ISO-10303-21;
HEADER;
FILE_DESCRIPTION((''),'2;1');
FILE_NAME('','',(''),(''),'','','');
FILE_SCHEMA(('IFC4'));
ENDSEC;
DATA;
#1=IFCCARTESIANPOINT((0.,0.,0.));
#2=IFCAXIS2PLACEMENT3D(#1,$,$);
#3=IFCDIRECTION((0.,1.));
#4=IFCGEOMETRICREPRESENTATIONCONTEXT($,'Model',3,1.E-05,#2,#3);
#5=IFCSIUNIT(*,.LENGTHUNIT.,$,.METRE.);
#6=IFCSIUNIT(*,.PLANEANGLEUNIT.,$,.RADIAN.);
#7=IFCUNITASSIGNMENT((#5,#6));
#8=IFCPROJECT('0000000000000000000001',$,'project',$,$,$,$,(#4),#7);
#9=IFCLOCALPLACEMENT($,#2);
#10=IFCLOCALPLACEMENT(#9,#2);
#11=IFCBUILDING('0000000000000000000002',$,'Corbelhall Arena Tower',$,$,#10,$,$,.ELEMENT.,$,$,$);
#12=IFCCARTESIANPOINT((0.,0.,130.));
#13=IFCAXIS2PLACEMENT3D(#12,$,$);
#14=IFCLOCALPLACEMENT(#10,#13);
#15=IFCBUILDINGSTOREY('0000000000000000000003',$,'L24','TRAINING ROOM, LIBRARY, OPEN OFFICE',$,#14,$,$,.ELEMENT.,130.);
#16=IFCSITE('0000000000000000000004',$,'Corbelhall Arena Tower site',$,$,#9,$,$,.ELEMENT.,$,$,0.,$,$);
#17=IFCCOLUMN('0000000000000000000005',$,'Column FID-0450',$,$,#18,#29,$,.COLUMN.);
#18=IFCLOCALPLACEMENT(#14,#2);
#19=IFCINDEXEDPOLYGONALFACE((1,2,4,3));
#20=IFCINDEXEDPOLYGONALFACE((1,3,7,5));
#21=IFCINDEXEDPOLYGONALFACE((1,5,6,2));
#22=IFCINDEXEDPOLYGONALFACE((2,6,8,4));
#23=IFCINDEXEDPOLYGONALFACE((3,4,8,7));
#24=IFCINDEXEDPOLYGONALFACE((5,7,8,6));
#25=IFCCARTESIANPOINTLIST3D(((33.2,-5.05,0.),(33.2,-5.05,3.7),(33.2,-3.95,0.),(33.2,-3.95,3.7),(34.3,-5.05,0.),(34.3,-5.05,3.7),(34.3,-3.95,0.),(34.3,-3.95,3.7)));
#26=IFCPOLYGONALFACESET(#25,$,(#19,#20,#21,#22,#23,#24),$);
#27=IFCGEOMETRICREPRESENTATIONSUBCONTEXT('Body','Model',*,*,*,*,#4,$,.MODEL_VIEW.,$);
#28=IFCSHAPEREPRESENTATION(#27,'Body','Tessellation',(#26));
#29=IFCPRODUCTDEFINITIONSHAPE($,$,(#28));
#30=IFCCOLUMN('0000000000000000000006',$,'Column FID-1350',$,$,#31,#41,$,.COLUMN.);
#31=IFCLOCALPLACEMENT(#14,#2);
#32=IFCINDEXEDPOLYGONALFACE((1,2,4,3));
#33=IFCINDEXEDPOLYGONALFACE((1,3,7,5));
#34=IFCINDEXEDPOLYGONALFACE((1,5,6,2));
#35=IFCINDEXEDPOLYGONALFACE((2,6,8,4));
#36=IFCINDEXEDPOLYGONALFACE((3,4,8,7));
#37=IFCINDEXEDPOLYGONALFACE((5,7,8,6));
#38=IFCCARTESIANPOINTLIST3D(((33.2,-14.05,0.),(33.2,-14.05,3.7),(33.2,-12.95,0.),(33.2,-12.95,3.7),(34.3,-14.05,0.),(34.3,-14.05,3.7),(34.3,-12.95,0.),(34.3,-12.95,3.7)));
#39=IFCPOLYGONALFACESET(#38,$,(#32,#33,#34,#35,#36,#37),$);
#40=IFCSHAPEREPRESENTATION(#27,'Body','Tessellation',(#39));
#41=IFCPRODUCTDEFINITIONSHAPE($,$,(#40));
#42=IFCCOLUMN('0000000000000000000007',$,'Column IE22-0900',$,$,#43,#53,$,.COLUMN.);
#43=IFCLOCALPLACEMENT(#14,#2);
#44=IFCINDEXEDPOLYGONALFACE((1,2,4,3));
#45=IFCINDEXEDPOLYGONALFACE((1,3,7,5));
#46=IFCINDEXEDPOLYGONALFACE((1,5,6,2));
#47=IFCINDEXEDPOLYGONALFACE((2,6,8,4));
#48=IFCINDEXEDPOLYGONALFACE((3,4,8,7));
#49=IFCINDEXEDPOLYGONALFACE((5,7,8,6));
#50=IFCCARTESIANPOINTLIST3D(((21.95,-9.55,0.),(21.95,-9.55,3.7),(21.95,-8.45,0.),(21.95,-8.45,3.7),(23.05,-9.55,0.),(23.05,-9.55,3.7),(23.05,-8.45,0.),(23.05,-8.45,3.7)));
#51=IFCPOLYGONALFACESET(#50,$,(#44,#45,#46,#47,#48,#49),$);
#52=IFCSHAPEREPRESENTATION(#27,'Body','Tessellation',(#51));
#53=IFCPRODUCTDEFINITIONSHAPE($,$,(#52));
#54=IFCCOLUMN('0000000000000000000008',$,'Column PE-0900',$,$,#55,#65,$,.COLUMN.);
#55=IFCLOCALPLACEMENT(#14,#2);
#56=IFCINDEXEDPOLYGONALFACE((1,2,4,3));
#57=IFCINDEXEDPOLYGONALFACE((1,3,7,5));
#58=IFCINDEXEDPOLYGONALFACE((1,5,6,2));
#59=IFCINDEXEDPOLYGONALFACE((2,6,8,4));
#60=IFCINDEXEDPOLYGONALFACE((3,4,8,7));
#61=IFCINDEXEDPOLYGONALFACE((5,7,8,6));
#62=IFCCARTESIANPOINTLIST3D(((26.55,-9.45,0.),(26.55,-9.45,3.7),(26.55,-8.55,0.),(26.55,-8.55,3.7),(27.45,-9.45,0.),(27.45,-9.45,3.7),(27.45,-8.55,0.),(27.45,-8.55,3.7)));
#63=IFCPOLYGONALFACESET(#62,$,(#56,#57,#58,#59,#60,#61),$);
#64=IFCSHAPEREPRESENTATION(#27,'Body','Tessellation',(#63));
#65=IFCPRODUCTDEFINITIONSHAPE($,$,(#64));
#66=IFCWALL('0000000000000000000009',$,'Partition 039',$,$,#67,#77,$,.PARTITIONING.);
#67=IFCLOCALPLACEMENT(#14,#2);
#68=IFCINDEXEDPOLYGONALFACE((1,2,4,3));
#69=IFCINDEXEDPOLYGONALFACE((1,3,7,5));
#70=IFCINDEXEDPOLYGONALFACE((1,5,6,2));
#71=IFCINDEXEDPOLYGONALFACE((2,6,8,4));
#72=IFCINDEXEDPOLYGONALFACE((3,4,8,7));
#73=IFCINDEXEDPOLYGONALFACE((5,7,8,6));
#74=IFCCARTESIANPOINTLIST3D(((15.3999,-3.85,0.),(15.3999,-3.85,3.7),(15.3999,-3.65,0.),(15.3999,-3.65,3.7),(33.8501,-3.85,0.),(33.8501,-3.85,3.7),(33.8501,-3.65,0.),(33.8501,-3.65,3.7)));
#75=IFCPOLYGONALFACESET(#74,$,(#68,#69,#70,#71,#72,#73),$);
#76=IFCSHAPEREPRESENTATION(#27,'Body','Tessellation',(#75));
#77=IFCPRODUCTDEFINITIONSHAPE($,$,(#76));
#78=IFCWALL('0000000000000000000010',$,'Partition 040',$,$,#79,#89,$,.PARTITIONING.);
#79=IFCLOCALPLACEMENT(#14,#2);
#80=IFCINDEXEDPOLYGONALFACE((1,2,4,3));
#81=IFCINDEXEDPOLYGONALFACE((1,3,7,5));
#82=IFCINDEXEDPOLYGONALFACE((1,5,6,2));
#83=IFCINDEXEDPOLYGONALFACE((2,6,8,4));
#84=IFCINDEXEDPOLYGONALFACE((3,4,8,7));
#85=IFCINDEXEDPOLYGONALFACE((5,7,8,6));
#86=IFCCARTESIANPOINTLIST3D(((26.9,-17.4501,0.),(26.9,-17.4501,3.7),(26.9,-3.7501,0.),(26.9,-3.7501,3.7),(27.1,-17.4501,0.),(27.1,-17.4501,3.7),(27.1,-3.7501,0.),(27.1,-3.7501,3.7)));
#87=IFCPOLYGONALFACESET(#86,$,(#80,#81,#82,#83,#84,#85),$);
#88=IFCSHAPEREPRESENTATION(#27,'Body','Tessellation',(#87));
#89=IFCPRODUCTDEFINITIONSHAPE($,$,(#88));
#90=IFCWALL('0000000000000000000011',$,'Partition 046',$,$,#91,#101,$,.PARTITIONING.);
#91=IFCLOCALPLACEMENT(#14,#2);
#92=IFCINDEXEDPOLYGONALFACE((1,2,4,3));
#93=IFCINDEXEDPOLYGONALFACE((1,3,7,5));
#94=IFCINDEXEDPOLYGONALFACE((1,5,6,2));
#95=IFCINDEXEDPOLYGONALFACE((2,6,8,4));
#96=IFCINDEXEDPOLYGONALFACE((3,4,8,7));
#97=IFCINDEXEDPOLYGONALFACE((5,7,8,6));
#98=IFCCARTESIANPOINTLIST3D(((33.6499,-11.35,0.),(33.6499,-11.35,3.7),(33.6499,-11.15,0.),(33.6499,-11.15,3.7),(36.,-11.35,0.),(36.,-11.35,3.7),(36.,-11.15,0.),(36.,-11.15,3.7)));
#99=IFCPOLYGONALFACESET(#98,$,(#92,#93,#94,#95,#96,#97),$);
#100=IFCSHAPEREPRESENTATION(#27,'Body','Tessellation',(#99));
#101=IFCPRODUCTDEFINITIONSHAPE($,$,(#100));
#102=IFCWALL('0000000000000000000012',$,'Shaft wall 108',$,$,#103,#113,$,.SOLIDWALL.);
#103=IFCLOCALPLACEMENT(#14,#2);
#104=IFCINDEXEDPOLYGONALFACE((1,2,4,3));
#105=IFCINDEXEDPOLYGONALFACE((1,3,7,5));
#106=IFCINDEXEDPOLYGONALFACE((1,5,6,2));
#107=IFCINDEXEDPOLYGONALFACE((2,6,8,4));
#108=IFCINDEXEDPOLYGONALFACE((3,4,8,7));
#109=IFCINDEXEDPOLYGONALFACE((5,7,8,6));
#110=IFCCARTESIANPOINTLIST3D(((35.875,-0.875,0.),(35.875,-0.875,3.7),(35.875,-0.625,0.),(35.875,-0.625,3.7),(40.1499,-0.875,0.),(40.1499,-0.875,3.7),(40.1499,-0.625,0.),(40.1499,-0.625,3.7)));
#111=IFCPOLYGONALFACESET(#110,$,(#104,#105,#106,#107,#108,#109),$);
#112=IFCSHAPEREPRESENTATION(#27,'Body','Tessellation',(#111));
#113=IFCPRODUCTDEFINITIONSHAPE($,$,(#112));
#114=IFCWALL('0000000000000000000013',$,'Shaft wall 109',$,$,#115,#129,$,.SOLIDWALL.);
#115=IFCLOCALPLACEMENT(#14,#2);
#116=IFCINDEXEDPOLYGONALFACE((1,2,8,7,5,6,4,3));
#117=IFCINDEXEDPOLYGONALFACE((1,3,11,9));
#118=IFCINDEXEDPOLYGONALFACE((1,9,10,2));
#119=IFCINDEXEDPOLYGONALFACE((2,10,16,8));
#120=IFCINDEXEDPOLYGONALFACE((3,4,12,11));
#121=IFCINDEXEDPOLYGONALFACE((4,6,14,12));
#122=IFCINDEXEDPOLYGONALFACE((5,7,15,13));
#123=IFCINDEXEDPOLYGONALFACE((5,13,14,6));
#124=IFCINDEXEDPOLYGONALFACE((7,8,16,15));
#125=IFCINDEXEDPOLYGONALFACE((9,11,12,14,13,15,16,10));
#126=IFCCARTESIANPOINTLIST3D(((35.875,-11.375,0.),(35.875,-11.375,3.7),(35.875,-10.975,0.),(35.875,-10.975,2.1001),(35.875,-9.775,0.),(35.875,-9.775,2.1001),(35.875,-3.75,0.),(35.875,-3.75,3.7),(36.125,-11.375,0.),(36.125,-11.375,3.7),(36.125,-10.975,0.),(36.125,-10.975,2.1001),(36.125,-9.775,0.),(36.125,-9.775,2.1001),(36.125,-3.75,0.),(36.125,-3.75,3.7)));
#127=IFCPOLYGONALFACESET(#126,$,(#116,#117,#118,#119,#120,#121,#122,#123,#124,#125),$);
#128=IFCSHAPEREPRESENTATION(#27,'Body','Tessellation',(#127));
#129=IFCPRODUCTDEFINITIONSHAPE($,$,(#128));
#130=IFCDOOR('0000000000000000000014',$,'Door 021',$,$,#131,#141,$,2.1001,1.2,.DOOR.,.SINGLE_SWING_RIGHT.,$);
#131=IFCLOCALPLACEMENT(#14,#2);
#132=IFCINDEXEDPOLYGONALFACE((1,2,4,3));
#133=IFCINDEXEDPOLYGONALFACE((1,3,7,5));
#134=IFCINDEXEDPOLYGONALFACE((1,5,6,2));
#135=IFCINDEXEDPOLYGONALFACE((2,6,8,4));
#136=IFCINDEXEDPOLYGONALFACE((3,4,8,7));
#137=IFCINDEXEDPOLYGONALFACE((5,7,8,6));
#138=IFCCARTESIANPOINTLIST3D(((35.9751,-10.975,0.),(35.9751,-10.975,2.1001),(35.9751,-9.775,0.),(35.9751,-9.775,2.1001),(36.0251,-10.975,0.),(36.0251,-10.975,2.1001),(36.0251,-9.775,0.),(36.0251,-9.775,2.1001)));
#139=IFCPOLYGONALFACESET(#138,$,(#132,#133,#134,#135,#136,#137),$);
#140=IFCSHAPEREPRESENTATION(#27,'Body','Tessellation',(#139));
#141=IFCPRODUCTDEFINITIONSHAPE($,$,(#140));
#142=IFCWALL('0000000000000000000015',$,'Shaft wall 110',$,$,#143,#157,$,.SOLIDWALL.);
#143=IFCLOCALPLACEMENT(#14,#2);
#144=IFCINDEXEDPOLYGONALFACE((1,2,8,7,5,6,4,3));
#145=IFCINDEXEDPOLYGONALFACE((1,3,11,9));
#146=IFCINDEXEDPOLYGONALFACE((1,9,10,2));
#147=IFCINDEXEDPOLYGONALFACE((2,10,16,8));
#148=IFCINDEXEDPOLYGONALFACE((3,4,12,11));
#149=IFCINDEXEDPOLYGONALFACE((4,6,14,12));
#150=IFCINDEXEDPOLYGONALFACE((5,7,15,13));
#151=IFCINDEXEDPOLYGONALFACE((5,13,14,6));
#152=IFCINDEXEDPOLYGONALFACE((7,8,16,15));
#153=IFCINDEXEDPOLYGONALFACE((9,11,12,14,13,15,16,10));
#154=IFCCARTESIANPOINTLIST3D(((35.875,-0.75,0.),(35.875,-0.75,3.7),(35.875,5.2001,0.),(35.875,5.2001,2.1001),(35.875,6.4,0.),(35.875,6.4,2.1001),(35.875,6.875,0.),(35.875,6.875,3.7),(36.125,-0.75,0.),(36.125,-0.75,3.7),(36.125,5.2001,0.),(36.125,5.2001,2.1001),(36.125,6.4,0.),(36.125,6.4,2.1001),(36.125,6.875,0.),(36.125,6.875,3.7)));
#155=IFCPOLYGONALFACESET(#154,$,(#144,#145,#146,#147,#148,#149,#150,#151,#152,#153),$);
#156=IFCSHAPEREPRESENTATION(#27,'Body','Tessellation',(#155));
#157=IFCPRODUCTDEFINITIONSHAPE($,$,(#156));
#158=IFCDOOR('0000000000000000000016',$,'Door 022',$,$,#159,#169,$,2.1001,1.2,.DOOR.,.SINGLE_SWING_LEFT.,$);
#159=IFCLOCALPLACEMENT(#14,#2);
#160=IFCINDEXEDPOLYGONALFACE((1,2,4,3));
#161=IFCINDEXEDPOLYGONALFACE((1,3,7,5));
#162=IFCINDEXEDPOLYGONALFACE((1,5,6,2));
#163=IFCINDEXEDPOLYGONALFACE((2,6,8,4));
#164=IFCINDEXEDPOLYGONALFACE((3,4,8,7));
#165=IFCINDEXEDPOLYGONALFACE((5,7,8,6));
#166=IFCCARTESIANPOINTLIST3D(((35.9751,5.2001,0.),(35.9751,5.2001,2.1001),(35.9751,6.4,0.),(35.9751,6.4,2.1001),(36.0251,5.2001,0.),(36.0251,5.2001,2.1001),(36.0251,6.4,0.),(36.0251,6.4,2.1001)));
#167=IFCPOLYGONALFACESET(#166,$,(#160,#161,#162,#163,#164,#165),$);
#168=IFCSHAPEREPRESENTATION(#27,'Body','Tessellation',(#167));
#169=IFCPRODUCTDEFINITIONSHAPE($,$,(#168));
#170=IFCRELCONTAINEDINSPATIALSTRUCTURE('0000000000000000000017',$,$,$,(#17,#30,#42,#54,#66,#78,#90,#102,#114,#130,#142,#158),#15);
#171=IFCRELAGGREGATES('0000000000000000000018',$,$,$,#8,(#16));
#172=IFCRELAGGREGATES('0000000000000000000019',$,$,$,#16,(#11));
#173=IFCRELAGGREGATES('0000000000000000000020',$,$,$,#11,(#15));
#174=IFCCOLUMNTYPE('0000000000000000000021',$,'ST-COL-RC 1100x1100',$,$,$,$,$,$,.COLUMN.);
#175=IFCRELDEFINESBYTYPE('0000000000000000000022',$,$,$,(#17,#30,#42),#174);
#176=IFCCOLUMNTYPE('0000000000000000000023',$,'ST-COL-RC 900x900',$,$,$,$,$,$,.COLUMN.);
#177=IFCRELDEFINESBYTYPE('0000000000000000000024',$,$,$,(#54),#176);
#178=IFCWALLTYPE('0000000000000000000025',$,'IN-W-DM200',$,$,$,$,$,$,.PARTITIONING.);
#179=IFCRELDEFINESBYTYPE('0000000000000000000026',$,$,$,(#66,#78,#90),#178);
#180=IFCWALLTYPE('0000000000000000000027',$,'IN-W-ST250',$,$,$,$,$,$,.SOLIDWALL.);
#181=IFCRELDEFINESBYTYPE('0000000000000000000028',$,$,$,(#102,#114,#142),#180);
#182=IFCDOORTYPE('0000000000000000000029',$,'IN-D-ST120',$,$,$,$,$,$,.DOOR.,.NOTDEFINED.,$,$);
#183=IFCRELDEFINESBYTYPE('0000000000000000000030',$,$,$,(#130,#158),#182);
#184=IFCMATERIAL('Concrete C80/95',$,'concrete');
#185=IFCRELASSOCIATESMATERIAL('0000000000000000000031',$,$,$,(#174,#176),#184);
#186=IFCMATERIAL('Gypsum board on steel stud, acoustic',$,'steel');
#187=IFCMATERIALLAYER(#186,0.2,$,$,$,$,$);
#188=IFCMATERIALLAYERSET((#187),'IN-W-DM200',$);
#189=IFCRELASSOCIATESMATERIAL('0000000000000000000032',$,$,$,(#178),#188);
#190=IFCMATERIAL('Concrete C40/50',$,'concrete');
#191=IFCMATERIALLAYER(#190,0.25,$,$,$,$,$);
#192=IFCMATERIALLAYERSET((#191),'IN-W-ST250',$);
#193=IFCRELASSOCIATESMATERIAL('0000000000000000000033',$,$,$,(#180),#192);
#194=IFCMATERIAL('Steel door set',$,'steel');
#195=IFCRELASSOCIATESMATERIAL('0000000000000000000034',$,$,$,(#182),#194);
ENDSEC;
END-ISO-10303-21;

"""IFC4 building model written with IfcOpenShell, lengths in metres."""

from ifc_helpers import new_model, si_unit, direction, frame, frame_2d, origin, origin_2d, place, context, subcontext, project, spatial, rectangle, extrude, material, layer, layer_set, material_profile, profile_set, type_object, element, fill, save


model = new_model("IFC4")

# Units and contexts
model_context = context("Model", 3, precision=1e-05, world=origin(), true_north=direction((0.0, 1.0)))
body_context = subcontext(model_context, "Body", "Model", "MODEL_VIEW")
ifc_project = project(units=[si_unit("LENGTHUNIT", "METRE"), si_unit("PLANEANGLEUNIT", "RADIAN")], contexts=[model_context])

# Site, building, storey
site_placement = place(None, origin())
site = spatial("IfcSite", under=ifc_project, at=site_placement, Name="Corbelhall Arena Tower site", CompositionType="ELEMENT", RefElevation=0.0)
building_placement = place(site_placement, origin())
building = spatial("IfcBuilding", under=site, at=building_placement, Name="Corbelhall Arena Tower", CompositionType="ELEMENT")
storey_placement = place(building_placement, frame((0.0, 0.0, 130.0)))
storey = spatial("IfcBuildingStorey", under=building, at=storey_placement, Name="L24", Description="TRAINING ROOM, LIBRARY, OPEN OFFICE", CompositionType="ELEMENT", Elevation=130.0)

# Columns
ifc_material_1 = material(Name="Concrete C80/95", Category="concrete")
ifc_material_profile_1 = material_profile(ifc_material_1, rectangle(XDim=1.1001, YDim=1.1001, at=origin_2d()))
ifc_profile_set_1 = profile_set([ifc_material_profile_1], Name="Concrete C80/95")
column_type_1 = type_object("IfcColumnType", Name="ST-COL-RC 1100x1100", PredefinedType="COLUMN", material=ifc_profile_set_1)
for number, where, z_axis, x_axis, name in (
    (1, (33.75, -4.5, 0.0), (0.0, 0.0, 1.0), (1.0, 0.0, 0.0), "Column FID-0450"),
    (2, (33.75, -13.5, 0.0), (0.0, 0.0, 1.0), (1.0, 0.0, 0.0), "Column FID-1350"),
    (3, (22.5, -9.0, 0.0), (0.0, 0.0, 1.0), (1.0, 0.0, 0.0), "Column IE22-0900"),
):
    element("IfcColumn", number, at=place(storey_placement, frame(where, z_axis=z_axis, x_axis=x_axis)), inside=storey, type_object=column_type_1, Name=name, PredefinedType="COLUMN", context=body_context, shape_type="SweptSolid", body=[
        extrude(rectangle(XDim=1.1001, YDim=1.1001, at=origin_2d()), origin(), (0.0, 0.0, 1.0), 3.7),
    ])
ifc_material_profile_2 = material_profile(ifc_material_1, rectangle(XDim=0.8999, YDim=0.8999, at=origin_2d()))
ifc_profile_set_2 = profile_set([ifc_material_profile_2], Name="Concrete C80/95")
column_type_2 = type_object("IfcColumnType", Name="ST-COL-RC 900x900", PredefinedType="COLUMN", material=ifc_profile_set_2)
column_placement = place(storey_placement, frame((27.0, -9.0, 0.0), z_axis=(0.0, 0.0, 1.0), x_axis=(1.0, 0.0, 0.0)))
element("IfcColumn", 4, at=column_placement, inside=storey, type_object=column_type_2, Name="Column PE-0900", PredefinedType="COLUMN", context=body_context, shape_type="SweptSolid", body=[
    extrude(rectangle(XDim=0.8999, YDim=0.8999, at=origin_2d()), origin(), (0.0, 0.0, 1.0), 3.7),
])

# Shared definitions
ifc_material_2 = material(Name="Gypsum board on steel stud, acoustic", Category="steel")
ifc_layer_1 = layer(ifc_material_2, 0.2)
ifc_layer_set_1 = layer_set([ifc_layer_1], Name="IN-W-DM200")
wall_type_1 = type_object("IfcWallType", Name="IN-W-DM200", PredefinedType="PARTITIONING", material=ifc_layer_set_1)
ifc_material_3 = material(Name="Steel door set", Category="steel")

# Walls
wall_1_placement = place(storey_placement, frame((33.8501, -3.75, 0.0), z_axis=(0.0, 0.0, 1.0), x_axis=(-1.0, 0.0, 0.0)))
element("IfcWall", 5, at=wall_1_placement, inside=storey, type_object=wall_type_1, Name="Partition 039", PredefinedType="PARTITIONING", context=body_context, shape_type="SweptSolid", body=[
    extrude(rectangle(XDim=18.4502, YDim=0.2, at=frame_2d((9.2251, 0.0))), origin(), (0.0, 0.0, 1.0), 3.7),
])
wall_2_placement = place(storey_placement, frame((27.0, -3.75, 0.0), z_axis=(0.0, 0.0, 1.0), x_axis=(0.0, -1.0, 0.0)))
element("IfcWall", 6, at=wall_2_placement, inside=storey, type_object=wall_type_1, Name="Partition 040", PredefinedType="PARTITIONING", context=body_context, shape_type="SweptSolid", body=[
    extrude(rectangle(XDim=13.7, YDim=0.2, at=frame_2d((6.8501, 0.0))), origin(), (0.0, 0.0, 1.0), 3.7),
])

# Walls
wall_3_placement = place(storey_placement, frame((36.0, -11.25, 0.0), z_axis=(0.0, 0.0, 1.0), x_axis=(-1.0, 0.0, 0.0)))
element("IfcWall", 7, at=wall_3_placement, inside=storey, type_object=wall_type_1, Name="Partition 046", PredefinedType="PARTITIONING", context=body_context, shape_type="SweptSolid", body=[
    extrude(rectangle(XDim=2.3501, YDim=0.2, at=frame_2d((1.175, 0.0))), origin(), (0.0, 0.0, 1.0), 3.7),
])
ifc_material_4 = material(Name="Concrete C40/50", Category="concrete")
ifc_layer_2 = layer(ifc_material_4, 0.25)
ifc_layer_set_2 = layer_set([ifc_layer_2], Name="IN-W-ST250")
wall_type_2 = type_object("IfcWallType", Name="IN-W-ST250", PredefinedType="SOLIDWALL", material=ifc_layer_set_2)
wall_4_placement = place(storey_placement, frame((35.875, -0.75, 0.0), z_axis=(0.0, 0.0, 1.0), x_axis=(1.0, 0.0, 0.0)))
element("IfcWall", 8, at=wall_4_placement, inside=storey, type_object=wall_type_2, Name="Shaft wall 108", PredefinedType="SOLIDWALL", context=body_context, shape_type="SweptSolid", body=[
    extrude(rectangle(XDim=4.2749, YDim=0.25, at=frame_2d((2.1375, 0.0))), origin(), (0.0, 0.0, 1.0), 3.7),
])

# Walls, openings, doors
wall_5_placement = place(storey_placement, frame((36.0, -11.375, 0.0), z_axis=(0.0, 0.0, 1.0), x_axis=(0.0, 1.0, 0.0)))
wall_5 = element("IfcWall", 9, at=wall_5_placement, inside=storey, type_object=wall_type_2, Name="Shaft wall 109", PredefinedType="SOLIDWALL", context=body_context, shape_type="SweptSolid", body=[
    extrude(rectangle(XDim=7.625, YDim=0.25, at=frame_2d((3.8125, 0.0))), origin(), (0.0, 0.0, 1.0), 3.7),
])
opening_1_placement = place(wall_5_placement, frame((0.3999, 0.0, 0.0)))
opening_1 = element("IfcOpeningElement", 10, at=opening_1_placement, cuts=wall_5, PredefinedType="OPENING", context=body_context, shape_type="SweptSolid", body=[
    extrude(rectangle(XDim=1.2, YDim=2.1001, at=frame_2d((0.6001, 1.05))), frame((0.0, 0.125, 0.0), z_axis=(0.0, -1.0, 0.0), x_axis=(1.0, 0.0, 0.0)), (0.0, 0.0, 1.0), 0.25),
])
door_type_1 = type_object("IfcDoorType", Name="IN-D-ST120", OperationType="NOTDEFINED", PredefinedType="DOOR", material=ifc_material_3)
door_1_placement = place(opening_1_placement, origin())
door_1 = element("IfcDoor", 11, at=door_1_placement, inside=storey, type_object=door_type_1, Name="Door 021", OperationType="SINGLE_SWING_RIGHT", OverallHeight=2.1001, OverallWidth=1.2, PredefinedType="DOOR", context=body_context, shape_type="SweptSolid", body=[
    extrude(rectangle(XDim=1.2, YDim=2.1001, at=frame_2d((0.6001, 1.05))), frame((0.0, 0.0249, 0.0), z_axis=(0.0, -1.0, 0.0), x_axis=(1.0, 0.0, 0.0)), (0.0, 0.0, 1.0), 0.05),
])
fill(opening_1, door_1)
wall_6_placement = place(storey_placement, frame((36.0, -0.75, 0.0), z_axis=(0.0, 0.0, 1.0), x_axis=(0.0, 1.0, 0.0)))
wall_6 = element("IfcWall", 12, at=wall_6_placement, inside=storey, type_object=wall_type_2, Name="Shaft wall 110", PredefinedType="SOLIDWALL", context=body_context, shape_type="SweptSolid", body=[
    extrude(rectangle(XDim=7.625, YDim=0.25, at=frame_2d((3.8125, 0.0))), origin(), (0.0, 0.0, 1.0), 3.7),
])
opening_2_placement = place(wall_6_placement, frame((5.95, 0.0, 0.0)))
opening_2 = element("IfcOpeningElement", 13, at=opening_2_placement, cuts=wall_6, PredefinedType="OPENING", context=body_context, shape_type="SweptSolid", body=[
    extrude(rectangle(XDim=1.2, YDim=2.1001, at=frame_2d((0.6001, 1.05))), frame((0.0, 0.125, 0.0), z_axis=(0.0, -1.0, 0.0), x_axis=(1.0, 0.0, 0.0)), (0.0, 0.0, 1.0), 0.25),
])
door_2_placement = place(opening_2_placement, origin())
door_2 = element("IfcDoor", 14, at=door_2_placement, inside=storey, type_object=door_type_1, Name="Door 022", OperationType="SINGLE_SWING_LEFT", OverallHeight=2.1001, OverallWidth=1.2, PredefinedType="DOOR", context=body_context, shape_type="SweptSolid", body=[
    extrude(rectangle(XDim=1.2, YDim=2.1001, at=frame_2d((0.6001, 1.05))), frame((0.0, 0.0249, 0.0), z_axis=(0.0, -1.0, 0.0), x_axis=(1.0, 0.0, 0.0)), (0.0, 0.0, 1.0), 0.05),
])
fill(opening_2, door_2)

save(model, "model.ifc")
